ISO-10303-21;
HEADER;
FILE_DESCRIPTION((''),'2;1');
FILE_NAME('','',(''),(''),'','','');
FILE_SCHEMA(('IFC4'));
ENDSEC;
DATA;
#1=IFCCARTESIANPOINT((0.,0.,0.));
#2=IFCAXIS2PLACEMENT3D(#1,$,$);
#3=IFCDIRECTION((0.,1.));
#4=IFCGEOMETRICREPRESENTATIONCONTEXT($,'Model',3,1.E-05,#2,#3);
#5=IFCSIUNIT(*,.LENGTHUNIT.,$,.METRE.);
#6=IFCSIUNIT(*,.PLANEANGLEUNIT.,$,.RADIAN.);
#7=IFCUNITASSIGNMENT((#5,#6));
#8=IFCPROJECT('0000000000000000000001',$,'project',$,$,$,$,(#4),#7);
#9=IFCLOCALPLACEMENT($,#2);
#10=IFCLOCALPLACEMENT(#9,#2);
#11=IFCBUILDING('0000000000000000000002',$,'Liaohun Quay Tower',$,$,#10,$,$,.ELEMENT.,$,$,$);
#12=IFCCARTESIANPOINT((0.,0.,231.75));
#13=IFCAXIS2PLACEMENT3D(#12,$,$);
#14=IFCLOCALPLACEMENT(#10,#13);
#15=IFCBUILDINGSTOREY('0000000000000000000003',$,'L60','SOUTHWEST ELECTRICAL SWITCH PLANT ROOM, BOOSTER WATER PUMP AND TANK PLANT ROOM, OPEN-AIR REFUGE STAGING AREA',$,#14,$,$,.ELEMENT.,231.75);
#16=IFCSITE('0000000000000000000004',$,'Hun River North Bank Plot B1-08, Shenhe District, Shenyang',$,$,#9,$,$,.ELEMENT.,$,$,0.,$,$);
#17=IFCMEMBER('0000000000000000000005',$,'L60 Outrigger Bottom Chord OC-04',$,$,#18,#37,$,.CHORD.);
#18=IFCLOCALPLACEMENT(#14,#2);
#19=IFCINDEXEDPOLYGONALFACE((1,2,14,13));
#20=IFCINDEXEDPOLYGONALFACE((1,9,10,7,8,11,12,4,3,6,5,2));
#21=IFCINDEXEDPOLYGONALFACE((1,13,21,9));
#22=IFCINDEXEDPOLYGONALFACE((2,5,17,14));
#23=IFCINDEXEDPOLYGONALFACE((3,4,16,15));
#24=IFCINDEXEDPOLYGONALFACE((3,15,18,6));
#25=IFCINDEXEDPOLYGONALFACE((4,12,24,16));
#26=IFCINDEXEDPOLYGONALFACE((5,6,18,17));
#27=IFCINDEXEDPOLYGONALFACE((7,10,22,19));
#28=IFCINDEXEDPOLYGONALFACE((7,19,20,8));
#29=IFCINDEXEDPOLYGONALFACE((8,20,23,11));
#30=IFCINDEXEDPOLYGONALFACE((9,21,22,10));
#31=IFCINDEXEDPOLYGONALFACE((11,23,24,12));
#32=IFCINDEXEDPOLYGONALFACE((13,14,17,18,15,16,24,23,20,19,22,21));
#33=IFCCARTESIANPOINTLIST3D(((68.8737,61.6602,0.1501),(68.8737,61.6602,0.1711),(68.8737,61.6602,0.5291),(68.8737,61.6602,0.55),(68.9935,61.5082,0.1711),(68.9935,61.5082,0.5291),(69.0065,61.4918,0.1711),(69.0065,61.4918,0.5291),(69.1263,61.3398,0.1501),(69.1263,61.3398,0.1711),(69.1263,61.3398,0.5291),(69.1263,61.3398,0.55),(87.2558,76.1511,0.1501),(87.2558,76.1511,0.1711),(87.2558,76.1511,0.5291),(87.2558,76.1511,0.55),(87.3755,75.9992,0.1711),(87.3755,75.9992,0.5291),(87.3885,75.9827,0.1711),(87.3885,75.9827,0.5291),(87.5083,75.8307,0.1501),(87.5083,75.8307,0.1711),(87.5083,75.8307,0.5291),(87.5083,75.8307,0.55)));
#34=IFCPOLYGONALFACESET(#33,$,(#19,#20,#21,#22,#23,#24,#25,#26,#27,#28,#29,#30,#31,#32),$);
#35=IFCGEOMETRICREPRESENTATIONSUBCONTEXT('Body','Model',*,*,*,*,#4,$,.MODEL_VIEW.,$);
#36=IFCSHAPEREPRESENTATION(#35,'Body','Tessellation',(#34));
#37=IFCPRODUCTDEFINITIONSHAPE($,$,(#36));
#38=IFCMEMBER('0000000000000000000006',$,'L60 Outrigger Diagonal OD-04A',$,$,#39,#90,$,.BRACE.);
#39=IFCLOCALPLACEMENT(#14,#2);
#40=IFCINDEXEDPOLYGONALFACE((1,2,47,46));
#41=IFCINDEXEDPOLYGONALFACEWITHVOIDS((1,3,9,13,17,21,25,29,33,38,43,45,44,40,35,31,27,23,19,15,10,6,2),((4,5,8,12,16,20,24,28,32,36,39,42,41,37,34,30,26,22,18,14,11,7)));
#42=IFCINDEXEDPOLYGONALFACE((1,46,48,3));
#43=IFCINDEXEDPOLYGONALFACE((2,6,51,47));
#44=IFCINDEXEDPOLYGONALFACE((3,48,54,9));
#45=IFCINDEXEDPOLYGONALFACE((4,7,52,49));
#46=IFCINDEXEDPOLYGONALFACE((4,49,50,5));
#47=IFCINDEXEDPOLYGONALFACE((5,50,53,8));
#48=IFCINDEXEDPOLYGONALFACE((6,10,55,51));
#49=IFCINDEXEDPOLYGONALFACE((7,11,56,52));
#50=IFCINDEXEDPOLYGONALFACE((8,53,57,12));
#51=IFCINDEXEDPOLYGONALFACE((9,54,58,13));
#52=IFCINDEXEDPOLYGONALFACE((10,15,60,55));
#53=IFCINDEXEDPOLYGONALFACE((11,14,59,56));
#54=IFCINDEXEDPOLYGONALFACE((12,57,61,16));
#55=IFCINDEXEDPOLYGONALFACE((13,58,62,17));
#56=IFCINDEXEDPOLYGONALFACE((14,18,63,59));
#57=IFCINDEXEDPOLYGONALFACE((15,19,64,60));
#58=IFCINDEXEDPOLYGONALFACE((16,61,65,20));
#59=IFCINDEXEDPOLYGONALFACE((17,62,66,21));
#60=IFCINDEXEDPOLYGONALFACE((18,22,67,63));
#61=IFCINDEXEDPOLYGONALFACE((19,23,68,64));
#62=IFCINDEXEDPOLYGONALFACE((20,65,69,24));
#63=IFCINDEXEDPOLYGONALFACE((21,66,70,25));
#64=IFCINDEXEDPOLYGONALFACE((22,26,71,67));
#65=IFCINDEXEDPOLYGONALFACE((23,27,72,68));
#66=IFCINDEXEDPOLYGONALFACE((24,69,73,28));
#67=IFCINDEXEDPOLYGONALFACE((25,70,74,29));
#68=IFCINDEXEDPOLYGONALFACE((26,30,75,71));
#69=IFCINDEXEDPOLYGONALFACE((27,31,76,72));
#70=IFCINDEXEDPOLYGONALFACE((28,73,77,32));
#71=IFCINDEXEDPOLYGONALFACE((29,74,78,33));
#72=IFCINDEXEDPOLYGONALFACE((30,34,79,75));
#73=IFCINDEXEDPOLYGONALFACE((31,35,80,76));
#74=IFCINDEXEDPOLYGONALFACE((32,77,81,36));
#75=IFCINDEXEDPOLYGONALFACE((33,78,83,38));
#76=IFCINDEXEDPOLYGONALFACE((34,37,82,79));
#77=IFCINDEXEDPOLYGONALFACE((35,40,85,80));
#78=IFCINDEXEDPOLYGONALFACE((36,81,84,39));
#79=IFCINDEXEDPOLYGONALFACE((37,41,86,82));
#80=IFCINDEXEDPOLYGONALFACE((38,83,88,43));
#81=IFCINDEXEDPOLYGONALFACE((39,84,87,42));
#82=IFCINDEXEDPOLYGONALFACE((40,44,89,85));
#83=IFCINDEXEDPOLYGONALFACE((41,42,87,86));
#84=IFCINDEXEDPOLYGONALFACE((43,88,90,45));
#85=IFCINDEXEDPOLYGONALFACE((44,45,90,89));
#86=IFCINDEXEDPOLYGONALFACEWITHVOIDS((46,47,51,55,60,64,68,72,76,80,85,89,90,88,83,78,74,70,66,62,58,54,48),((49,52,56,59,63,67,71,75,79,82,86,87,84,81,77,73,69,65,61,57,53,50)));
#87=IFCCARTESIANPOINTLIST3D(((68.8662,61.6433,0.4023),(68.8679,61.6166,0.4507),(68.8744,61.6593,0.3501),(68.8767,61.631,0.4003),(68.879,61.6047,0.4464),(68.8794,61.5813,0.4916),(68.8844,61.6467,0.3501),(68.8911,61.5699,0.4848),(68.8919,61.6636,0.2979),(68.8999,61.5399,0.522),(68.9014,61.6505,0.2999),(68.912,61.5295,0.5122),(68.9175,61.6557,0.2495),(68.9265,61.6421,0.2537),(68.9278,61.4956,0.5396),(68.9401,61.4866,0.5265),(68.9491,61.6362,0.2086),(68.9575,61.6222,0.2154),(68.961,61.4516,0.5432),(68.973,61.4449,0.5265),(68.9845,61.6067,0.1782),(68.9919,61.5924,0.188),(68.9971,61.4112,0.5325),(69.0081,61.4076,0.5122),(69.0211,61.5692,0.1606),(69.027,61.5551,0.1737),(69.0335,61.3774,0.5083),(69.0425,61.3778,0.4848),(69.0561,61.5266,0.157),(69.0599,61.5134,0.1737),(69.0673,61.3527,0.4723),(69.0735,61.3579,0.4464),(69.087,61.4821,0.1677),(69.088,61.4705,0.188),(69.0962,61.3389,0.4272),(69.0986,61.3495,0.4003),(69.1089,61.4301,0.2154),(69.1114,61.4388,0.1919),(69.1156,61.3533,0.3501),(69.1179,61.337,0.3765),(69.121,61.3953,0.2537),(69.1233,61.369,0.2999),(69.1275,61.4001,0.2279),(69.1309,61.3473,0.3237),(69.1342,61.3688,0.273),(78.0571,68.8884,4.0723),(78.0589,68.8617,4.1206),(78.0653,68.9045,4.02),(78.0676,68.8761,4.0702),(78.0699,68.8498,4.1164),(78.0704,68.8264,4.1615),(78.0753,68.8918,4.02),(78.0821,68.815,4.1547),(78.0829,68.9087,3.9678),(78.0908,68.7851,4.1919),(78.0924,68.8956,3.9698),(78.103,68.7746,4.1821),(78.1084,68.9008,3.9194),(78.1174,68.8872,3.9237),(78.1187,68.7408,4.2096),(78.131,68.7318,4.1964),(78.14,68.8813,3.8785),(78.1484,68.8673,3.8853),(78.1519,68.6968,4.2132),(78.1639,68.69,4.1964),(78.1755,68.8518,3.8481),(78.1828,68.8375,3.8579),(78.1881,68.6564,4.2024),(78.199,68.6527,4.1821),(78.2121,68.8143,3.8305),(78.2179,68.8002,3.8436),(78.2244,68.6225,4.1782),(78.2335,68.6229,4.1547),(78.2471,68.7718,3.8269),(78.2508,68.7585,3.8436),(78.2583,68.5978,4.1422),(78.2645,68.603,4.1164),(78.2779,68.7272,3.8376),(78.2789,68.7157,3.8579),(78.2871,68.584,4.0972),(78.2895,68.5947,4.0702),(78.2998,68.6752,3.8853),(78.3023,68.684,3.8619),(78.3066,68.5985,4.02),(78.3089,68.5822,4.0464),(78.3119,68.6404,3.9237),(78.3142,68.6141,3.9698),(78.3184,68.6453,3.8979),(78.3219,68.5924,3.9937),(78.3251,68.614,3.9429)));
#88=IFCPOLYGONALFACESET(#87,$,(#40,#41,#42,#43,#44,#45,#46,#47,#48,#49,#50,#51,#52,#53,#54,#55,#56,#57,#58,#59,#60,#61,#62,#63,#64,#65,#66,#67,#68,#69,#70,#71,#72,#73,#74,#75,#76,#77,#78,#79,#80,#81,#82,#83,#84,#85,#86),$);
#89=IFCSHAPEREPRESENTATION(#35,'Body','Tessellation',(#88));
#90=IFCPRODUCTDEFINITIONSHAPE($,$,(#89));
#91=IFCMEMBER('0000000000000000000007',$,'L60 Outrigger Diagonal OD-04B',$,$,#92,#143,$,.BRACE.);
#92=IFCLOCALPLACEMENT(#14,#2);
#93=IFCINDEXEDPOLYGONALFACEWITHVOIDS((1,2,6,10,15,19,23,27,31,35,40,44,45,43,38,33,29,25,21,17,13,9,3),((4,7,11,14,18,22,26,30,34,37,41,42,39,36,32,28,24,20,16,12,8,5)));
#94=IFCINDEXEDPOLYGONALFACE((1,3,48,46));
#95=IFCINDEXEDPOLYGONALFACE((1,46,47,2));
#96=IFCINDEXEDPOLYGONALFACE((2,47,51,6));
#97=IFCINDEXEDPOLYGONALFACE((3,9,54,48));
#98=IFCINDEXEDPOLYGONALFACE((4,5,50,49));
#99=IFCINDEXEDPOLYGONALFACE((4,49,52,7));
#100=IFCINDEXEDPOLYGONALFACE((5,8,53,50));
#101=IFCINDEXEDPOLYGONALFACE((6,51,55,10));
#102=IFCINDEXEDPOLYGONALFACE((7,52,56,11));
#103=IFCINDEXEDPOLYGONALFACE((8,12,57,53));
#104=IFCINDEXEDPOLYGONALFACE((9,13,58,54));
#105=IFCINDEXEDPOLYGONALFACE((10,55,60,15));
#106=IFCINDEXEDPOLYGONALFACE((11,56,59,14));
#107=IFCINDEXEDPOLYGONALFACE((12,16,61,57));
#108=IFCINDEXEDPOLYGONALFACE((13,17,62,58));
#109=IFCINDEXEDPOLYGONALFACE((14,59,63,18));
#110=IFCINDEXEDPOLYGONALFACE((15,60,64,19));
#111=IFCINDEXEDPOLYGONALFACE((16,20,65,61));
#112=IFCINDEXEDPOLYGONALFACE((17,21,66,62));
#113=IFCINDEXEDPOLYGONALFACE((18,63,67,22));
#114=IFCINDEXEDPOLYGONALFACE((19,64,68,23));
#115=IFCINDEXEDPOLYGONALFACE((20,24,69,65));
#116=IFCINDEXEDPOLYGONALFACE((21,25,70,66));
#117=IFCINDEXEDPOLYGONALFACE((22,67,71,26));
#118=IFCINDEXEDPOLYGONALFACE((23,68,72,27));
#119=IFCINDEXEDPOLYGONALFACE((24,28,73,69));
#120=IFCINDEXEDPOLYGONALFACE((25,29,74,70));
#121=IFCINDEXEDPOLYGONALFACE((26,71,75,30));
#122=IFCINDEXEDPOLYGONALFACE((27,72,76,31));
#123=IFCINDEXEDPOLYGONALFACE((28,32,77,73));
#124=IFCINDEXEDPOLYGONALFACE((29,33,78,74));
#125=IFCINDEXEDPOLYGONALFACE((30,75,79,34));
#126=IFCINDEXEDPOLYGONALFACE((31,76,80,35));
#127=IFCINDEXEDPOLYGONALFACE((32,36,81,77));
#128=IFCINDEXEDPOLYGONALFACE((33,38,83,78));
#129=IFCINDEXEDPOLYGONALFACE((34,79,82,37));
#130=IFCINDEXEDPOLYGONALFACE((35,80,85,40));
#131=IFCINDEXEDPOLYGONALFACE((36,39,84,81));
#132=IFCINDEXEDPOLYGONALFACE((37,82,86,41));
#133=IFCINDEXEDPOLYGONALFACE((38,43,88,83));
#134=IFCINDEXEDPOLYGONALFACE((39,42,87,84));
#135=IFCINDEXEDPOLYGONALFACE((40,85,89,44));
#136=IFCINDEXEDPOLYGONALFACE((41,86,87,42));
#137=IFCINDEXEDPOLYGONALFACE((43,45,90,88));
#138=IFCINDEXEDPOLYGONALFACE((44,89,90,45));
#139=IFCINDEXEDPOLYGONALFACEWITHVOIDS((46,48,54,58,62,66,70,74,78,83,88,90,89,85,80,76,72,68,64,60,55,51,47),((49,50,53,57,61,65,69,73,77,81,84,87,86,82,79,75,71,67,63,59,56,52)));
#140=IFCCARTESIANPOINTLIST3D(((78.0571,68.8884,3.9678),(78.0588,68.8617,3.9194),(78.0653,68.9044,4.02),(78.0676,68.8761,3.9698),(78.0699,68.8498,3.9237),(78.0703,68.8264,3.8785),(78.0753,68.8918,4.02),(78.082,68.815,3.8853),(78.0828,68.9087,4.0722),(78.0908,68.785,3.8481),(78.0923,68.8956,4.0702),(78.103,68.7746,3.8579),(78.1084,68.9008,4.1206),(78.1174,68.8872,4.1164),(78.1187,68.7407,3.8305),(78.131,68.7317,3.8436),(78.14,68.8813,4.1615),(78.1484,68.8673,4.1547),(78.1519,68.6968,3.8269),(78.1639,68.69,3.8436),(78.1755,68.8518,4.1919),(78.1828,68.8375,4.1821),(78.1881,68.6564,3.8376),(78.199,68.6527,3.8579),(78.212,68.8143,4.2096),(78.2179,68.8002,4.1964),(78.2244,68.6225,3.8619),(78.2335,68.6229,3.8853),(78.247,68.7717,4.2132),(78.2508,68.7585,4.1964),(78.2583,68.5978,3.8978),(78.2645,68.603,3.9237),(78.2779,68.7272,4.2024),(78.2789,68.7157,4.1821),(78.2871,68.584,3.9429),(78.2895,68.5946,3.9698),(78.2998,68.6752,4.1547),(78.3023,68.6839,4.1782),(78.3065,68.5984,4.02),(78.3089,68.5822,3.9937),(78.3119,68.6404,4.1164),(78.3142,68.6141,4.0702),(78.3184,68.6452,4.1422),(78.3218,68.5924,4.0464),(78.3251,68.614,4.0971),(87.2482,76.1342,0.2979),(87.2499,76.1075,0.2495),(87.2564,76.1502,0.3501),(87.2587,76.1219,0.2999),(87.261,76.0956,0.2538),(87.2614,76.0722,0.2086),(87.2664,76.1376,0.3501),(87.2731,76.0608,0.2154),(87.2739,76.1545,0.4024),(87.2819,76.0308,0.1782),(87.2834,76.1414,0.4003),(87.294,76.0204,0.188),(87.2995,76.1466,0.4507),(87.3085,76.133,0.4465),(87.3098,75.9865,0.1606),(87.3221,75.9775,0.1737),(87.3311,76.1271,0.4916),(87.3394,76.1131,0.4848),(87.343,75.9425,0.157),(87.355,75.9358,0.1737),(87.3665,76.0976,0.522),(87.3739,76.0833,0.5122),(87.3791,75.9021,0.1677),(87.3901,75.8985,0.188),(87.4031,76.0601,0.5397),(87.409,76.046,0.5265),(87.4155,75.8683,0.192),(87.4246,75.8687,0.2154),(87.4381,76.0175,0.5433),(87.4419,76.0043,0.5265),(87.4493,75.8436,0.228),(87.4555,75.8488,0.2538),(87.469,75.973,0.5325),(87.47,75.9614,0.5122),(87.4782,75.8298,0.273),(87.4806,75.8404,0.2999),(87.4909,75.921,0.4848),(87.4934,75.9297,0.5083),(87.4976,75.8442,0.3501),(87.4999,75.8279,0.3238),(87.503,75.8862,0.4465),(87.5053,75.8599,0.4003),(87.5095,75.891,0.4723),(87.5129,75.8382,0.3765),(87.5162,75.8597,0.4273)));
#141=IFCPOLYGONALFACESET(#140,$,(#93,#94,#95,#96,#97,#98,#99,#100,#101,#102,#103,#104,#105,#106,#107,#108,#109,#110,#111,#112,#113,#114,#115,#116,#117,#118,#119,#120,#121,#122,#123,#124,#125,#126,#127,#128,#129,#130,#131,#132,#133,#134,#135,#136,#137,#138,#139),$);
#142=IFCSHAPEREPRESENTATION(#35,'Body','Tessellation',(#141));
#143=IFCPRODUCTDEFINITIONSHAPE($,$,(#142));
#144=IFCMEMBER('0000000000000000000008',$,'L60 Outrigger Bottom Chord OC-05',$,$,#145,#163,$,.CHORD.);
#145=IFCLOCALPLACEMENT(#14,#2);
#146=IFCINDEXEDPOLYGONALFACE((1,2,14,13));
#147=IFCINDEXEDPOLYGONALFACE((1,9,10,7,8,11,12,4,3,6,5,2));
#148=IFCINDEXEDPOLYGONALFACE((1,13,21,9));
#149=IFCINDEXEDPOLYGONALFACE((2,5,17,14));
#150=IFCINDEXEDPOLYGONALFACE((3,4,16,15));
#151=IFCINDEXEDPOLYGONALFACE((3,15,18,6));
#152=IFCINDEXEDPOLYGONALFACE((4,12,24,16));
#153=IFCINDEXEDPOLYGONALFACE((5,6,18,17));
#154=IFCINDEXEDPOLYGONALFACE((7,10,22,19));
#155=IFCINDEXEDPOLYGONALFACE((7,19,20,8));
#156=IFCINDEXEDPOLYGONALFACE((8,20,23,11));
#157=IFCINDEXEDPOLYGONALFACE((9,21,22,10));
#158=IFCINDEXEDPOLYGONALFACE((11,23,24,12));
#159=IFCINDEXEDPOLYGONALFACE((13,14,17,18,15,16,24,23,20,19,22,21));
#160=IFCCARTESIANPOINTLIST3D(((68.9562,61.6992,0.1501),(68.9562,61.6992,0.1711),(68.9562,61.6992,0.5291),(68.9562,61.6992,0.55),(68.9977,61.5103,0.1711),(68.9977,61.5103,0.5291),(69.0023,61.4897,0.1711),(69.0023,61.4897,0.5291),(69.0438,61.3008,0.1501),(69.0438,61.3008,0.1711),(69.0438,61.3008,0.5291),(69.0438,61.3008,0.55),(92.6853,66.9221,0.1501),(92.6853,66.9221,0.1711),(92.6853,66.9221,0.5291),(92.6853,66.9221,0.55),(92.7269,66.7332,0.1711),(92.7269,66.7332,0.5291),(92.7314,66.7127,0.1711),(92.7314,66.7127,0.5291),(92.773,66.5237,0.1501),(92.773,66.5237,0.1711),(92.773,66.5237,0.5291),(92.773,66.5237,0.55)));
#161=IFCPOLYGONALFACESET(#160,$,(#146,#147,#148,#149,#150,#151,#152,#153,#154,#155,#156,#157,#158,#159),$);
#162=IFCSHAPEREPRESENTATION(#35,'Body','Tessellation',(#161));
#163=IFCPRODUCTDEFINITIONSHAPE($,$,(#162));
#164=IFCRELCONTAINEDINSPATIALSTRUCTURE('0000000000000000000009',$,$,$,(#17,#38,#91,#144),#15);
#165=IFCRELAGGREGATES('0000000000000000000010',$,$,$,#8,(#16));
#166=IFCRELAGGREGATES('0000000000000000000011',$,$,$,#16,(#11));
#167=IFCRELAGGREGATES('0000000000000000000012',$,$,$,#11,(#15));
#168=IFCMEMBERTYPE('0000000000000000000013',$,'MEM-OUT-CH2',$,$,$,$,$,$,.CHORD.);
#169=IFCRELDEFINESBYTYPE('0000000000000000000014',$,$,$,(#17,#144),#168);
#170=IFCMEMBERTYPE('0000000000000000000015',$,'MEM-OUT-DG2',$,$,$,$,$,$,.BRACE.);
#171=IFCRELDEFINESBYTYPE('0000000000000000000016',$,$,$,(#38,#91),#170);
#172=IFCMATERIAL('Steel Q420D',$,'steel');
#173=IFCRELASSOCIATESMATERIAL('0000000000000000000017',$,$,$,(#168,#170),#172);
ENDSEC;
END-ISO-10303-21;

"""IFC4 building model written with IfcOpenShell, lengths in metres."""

from ifc_helpers import new_model, si_unit, direction, frame, origin, origin_2d, place, context, subcontext, project, spatial, hollow_circle, i_section, extrude, source, transform, mapped, material, material_profile, profile_set, type_object, element, save


model = new_model("IFC4")

# Units and contexts
model_context = context("Model", 3, precision=1e-05, world=origin(), true_north=direction((0.0, 1.0)))
body_context = subcontext(model_context, "Body", "Model", "MODEL_VIEW")
ifc_project = project(units=[si_unit("LENGTHUNIT", "METRE"), si_unit("PLANEANGLEUNIT", "RADIAN")], contexts=[model_context])

# Site, building, storey
site_placement = place(None, origin())
site = spatial("IfcSite", under=ifc_project, at=site_placement, Name="Hun River North Bank Plot B1-08, Shenhe District, Shenyang", CompositionType="ELEMENT", RefElevation=0.0)
building_placement = place(site_placement, origin())
building = spatial("IfcBuilding", under=site, at=building_placement, Name="Liaohun Quay Tower", CompositionType="ELEMENT")
storey_placement = place(building_placement, frame((0.0, 0.0, 231.75)))
storey = spatial("IfcBuildingStorey", under=building, at=storey_placement, Name="L60", Description="SOUTHWEST ELECTRICAL SWITCH PLANT ROOM, BOOSTER WATER PUMP AND TANK PLANT ROOM, OPEN-AIR REFUGE STAGING AREA", CompositionType="ELEMENT", Elevation=231.75)

# Members
ifc_material_1 = material(Name="Steel Q420D", Category="steel")
ifc_material_profile_1 = material_profile(ifc_material_1, i_section(OverallWidth=0.408, OverallDepth=0.3999, WebThickness=0.021, FlangeThickness=0.021, at=origin_2d()), Name="HW400x408x21x21")
ifc_profile_set_1 = profile_set([ifc_material_profile_1], Name="Steel Q420D")
member_type_1 = type_object("IfcMemberType", Name="MEM-OUT-CH2", PredefinedType="CHORD", material=ifc_profile_set_1)
shared_shape_1 = source(origin(), body_context, "Body", "SweptSolid", [
    extrude(i_section(OverallWidth=0.408, OverallDepth=0.3999, WebThickness=0.021, FlangeThickness=0.021, at=origin_2d()), origin(), (0.0, 0.0, 1.0), 23.407),
])
member_1_placement = place(storey_placement, frame((69.0, 61.5, 0.3501), z_axis=(0.785323, 0.619086, 0.0), x_axis=(-0.619086, 0.785323, 0.0)))
element("IfcMember", 1, at=member_1_placement, inside=storey, type_object=member_type_1, Name="L60 Outrigger Bottom Chord OC-04", PredefinedType="CHORD", context=body_context, shape_type="MappedRepresentation", body=[
    mapped(shared_shape_1, transform((0.0, 0.0, 0.0), x_axis=(1.0, 0.0, 0.0), y_axis=(0.0, 1.0, 0.0), z_axis=(0.0, 0.0, 1.0), scale=1.0)),
])
ifc_material_profile_2 = material_profile(ifc_material_1, hollow_circle(Radius=0.2029, WallThickness=0.0161, at=origin_2d()), Name="CHS406x16")
ifc_profile_set_2 = profile_set([ifc_material_profile_2], Name="Steel Q420D")
member_type_2 = type_object("IfcMemberType", Name="MEM-OUT-DG2", PredefinedType="BRACE", material=ifc_profile_set_2)
shared_shape_2 = source(origin(), body_context, "Body", "SweptSolid", [
    extrude(hollow_circle(Radius=0.2029, WallThickness=0.0161, at=origin_2d()), origin(), (0.0, 0.0, 1.0), 12.2651),
])
member_2_placement = place(storey_placement, frame((69.0, 61.5, 0.3501), z_axis=(0.749354, 0.590709, 0.299216), x_axis=(-0.619072, 0.785334, 0.0)))
element("IfcMember", 2, at=member_2_placement, inside=storey, type_object=member_type_2, Name="L60 Outrigger Diagonal OD-04A", PredefinedType="BRACE", context=body_context, shape_type="MappedRepresentation", body=[
    mapped(shared_shape_2, transform((0.0, 0.0, 0.0), x_axis=(1.0, 0.0, 0.0), y_axis=(0.0, 1.0, 0.0), z_axis=(0.0, 0.0, 1.0), scale=1.0)),
])
shared_shape_3 = source(origin(), body_context, "Body", "SweptSolid", [
    extrude(hollow_circle(Radius=0.2029, WallThickness=0.0161, at=origin_2d()), origin(), (0.0, 0.0, 1.0), 12.2656),
])
member_3_placement = place(storey_placement, frame((78.1909, 68.7451, 4.02), z_axis=(0.749337, 0.590739, -0.299201), x_axis=(-0.6191, 0.785312, 0.0)))
element("IfcMember", 3, at=member_3_placement, inside=storey, type_object=member_type_2, Name="L60 Outrigger Diagonal OD-04B", PredefinedType="BRACE", context=body_context, shape_type="MappedRepresentation", body=[
    mapped(shared_shape_3, transform((0.0, 0.0, 0.0), x_axis=(1.0, 0.0, 0.0), y_axis=(0.0, 1.0, 0.0), z_axis=(0.0, 0.0, 1.0), scale=1.0)),
])
shared_shape_4 = source(origin(), body_context, "Body", "SweptSolid", [
    extrude(i_section(OverallWidth=0.408, OverallDepth=0.3999, WebThickness=0.021, FlangeThickness=0.021, at=origin_2d()), origin(), (0.0, 0.0, 1.0), 24.2971),
])
member_4_placement = place(storey_placement, frame((69.0, 61.5, 0.3501), z_axis=(0.976623, 0.214961, 0.0), x_axis=(-0.214961, 0.976623, 0.0)))
element("IfcMember", 4, at=member_4_placement, inside=storey, type_object=member_type_1, Name="L60 Outrigger Bottom Chord OC-05", PredefinedType="CHORD", context=body_context, shape_type="MappedRepresentation", body=[
    mapped(shared_shape_4, transform((0.0, 0.0, 0.0), x_axis=(1.0, 0.0, 0.0), y_axis=(0.0, 1.0, 0.0), z_axis=(0.0, 0.0, 1.0), scale=1.0)),
])

save(model, "model.ifc")
